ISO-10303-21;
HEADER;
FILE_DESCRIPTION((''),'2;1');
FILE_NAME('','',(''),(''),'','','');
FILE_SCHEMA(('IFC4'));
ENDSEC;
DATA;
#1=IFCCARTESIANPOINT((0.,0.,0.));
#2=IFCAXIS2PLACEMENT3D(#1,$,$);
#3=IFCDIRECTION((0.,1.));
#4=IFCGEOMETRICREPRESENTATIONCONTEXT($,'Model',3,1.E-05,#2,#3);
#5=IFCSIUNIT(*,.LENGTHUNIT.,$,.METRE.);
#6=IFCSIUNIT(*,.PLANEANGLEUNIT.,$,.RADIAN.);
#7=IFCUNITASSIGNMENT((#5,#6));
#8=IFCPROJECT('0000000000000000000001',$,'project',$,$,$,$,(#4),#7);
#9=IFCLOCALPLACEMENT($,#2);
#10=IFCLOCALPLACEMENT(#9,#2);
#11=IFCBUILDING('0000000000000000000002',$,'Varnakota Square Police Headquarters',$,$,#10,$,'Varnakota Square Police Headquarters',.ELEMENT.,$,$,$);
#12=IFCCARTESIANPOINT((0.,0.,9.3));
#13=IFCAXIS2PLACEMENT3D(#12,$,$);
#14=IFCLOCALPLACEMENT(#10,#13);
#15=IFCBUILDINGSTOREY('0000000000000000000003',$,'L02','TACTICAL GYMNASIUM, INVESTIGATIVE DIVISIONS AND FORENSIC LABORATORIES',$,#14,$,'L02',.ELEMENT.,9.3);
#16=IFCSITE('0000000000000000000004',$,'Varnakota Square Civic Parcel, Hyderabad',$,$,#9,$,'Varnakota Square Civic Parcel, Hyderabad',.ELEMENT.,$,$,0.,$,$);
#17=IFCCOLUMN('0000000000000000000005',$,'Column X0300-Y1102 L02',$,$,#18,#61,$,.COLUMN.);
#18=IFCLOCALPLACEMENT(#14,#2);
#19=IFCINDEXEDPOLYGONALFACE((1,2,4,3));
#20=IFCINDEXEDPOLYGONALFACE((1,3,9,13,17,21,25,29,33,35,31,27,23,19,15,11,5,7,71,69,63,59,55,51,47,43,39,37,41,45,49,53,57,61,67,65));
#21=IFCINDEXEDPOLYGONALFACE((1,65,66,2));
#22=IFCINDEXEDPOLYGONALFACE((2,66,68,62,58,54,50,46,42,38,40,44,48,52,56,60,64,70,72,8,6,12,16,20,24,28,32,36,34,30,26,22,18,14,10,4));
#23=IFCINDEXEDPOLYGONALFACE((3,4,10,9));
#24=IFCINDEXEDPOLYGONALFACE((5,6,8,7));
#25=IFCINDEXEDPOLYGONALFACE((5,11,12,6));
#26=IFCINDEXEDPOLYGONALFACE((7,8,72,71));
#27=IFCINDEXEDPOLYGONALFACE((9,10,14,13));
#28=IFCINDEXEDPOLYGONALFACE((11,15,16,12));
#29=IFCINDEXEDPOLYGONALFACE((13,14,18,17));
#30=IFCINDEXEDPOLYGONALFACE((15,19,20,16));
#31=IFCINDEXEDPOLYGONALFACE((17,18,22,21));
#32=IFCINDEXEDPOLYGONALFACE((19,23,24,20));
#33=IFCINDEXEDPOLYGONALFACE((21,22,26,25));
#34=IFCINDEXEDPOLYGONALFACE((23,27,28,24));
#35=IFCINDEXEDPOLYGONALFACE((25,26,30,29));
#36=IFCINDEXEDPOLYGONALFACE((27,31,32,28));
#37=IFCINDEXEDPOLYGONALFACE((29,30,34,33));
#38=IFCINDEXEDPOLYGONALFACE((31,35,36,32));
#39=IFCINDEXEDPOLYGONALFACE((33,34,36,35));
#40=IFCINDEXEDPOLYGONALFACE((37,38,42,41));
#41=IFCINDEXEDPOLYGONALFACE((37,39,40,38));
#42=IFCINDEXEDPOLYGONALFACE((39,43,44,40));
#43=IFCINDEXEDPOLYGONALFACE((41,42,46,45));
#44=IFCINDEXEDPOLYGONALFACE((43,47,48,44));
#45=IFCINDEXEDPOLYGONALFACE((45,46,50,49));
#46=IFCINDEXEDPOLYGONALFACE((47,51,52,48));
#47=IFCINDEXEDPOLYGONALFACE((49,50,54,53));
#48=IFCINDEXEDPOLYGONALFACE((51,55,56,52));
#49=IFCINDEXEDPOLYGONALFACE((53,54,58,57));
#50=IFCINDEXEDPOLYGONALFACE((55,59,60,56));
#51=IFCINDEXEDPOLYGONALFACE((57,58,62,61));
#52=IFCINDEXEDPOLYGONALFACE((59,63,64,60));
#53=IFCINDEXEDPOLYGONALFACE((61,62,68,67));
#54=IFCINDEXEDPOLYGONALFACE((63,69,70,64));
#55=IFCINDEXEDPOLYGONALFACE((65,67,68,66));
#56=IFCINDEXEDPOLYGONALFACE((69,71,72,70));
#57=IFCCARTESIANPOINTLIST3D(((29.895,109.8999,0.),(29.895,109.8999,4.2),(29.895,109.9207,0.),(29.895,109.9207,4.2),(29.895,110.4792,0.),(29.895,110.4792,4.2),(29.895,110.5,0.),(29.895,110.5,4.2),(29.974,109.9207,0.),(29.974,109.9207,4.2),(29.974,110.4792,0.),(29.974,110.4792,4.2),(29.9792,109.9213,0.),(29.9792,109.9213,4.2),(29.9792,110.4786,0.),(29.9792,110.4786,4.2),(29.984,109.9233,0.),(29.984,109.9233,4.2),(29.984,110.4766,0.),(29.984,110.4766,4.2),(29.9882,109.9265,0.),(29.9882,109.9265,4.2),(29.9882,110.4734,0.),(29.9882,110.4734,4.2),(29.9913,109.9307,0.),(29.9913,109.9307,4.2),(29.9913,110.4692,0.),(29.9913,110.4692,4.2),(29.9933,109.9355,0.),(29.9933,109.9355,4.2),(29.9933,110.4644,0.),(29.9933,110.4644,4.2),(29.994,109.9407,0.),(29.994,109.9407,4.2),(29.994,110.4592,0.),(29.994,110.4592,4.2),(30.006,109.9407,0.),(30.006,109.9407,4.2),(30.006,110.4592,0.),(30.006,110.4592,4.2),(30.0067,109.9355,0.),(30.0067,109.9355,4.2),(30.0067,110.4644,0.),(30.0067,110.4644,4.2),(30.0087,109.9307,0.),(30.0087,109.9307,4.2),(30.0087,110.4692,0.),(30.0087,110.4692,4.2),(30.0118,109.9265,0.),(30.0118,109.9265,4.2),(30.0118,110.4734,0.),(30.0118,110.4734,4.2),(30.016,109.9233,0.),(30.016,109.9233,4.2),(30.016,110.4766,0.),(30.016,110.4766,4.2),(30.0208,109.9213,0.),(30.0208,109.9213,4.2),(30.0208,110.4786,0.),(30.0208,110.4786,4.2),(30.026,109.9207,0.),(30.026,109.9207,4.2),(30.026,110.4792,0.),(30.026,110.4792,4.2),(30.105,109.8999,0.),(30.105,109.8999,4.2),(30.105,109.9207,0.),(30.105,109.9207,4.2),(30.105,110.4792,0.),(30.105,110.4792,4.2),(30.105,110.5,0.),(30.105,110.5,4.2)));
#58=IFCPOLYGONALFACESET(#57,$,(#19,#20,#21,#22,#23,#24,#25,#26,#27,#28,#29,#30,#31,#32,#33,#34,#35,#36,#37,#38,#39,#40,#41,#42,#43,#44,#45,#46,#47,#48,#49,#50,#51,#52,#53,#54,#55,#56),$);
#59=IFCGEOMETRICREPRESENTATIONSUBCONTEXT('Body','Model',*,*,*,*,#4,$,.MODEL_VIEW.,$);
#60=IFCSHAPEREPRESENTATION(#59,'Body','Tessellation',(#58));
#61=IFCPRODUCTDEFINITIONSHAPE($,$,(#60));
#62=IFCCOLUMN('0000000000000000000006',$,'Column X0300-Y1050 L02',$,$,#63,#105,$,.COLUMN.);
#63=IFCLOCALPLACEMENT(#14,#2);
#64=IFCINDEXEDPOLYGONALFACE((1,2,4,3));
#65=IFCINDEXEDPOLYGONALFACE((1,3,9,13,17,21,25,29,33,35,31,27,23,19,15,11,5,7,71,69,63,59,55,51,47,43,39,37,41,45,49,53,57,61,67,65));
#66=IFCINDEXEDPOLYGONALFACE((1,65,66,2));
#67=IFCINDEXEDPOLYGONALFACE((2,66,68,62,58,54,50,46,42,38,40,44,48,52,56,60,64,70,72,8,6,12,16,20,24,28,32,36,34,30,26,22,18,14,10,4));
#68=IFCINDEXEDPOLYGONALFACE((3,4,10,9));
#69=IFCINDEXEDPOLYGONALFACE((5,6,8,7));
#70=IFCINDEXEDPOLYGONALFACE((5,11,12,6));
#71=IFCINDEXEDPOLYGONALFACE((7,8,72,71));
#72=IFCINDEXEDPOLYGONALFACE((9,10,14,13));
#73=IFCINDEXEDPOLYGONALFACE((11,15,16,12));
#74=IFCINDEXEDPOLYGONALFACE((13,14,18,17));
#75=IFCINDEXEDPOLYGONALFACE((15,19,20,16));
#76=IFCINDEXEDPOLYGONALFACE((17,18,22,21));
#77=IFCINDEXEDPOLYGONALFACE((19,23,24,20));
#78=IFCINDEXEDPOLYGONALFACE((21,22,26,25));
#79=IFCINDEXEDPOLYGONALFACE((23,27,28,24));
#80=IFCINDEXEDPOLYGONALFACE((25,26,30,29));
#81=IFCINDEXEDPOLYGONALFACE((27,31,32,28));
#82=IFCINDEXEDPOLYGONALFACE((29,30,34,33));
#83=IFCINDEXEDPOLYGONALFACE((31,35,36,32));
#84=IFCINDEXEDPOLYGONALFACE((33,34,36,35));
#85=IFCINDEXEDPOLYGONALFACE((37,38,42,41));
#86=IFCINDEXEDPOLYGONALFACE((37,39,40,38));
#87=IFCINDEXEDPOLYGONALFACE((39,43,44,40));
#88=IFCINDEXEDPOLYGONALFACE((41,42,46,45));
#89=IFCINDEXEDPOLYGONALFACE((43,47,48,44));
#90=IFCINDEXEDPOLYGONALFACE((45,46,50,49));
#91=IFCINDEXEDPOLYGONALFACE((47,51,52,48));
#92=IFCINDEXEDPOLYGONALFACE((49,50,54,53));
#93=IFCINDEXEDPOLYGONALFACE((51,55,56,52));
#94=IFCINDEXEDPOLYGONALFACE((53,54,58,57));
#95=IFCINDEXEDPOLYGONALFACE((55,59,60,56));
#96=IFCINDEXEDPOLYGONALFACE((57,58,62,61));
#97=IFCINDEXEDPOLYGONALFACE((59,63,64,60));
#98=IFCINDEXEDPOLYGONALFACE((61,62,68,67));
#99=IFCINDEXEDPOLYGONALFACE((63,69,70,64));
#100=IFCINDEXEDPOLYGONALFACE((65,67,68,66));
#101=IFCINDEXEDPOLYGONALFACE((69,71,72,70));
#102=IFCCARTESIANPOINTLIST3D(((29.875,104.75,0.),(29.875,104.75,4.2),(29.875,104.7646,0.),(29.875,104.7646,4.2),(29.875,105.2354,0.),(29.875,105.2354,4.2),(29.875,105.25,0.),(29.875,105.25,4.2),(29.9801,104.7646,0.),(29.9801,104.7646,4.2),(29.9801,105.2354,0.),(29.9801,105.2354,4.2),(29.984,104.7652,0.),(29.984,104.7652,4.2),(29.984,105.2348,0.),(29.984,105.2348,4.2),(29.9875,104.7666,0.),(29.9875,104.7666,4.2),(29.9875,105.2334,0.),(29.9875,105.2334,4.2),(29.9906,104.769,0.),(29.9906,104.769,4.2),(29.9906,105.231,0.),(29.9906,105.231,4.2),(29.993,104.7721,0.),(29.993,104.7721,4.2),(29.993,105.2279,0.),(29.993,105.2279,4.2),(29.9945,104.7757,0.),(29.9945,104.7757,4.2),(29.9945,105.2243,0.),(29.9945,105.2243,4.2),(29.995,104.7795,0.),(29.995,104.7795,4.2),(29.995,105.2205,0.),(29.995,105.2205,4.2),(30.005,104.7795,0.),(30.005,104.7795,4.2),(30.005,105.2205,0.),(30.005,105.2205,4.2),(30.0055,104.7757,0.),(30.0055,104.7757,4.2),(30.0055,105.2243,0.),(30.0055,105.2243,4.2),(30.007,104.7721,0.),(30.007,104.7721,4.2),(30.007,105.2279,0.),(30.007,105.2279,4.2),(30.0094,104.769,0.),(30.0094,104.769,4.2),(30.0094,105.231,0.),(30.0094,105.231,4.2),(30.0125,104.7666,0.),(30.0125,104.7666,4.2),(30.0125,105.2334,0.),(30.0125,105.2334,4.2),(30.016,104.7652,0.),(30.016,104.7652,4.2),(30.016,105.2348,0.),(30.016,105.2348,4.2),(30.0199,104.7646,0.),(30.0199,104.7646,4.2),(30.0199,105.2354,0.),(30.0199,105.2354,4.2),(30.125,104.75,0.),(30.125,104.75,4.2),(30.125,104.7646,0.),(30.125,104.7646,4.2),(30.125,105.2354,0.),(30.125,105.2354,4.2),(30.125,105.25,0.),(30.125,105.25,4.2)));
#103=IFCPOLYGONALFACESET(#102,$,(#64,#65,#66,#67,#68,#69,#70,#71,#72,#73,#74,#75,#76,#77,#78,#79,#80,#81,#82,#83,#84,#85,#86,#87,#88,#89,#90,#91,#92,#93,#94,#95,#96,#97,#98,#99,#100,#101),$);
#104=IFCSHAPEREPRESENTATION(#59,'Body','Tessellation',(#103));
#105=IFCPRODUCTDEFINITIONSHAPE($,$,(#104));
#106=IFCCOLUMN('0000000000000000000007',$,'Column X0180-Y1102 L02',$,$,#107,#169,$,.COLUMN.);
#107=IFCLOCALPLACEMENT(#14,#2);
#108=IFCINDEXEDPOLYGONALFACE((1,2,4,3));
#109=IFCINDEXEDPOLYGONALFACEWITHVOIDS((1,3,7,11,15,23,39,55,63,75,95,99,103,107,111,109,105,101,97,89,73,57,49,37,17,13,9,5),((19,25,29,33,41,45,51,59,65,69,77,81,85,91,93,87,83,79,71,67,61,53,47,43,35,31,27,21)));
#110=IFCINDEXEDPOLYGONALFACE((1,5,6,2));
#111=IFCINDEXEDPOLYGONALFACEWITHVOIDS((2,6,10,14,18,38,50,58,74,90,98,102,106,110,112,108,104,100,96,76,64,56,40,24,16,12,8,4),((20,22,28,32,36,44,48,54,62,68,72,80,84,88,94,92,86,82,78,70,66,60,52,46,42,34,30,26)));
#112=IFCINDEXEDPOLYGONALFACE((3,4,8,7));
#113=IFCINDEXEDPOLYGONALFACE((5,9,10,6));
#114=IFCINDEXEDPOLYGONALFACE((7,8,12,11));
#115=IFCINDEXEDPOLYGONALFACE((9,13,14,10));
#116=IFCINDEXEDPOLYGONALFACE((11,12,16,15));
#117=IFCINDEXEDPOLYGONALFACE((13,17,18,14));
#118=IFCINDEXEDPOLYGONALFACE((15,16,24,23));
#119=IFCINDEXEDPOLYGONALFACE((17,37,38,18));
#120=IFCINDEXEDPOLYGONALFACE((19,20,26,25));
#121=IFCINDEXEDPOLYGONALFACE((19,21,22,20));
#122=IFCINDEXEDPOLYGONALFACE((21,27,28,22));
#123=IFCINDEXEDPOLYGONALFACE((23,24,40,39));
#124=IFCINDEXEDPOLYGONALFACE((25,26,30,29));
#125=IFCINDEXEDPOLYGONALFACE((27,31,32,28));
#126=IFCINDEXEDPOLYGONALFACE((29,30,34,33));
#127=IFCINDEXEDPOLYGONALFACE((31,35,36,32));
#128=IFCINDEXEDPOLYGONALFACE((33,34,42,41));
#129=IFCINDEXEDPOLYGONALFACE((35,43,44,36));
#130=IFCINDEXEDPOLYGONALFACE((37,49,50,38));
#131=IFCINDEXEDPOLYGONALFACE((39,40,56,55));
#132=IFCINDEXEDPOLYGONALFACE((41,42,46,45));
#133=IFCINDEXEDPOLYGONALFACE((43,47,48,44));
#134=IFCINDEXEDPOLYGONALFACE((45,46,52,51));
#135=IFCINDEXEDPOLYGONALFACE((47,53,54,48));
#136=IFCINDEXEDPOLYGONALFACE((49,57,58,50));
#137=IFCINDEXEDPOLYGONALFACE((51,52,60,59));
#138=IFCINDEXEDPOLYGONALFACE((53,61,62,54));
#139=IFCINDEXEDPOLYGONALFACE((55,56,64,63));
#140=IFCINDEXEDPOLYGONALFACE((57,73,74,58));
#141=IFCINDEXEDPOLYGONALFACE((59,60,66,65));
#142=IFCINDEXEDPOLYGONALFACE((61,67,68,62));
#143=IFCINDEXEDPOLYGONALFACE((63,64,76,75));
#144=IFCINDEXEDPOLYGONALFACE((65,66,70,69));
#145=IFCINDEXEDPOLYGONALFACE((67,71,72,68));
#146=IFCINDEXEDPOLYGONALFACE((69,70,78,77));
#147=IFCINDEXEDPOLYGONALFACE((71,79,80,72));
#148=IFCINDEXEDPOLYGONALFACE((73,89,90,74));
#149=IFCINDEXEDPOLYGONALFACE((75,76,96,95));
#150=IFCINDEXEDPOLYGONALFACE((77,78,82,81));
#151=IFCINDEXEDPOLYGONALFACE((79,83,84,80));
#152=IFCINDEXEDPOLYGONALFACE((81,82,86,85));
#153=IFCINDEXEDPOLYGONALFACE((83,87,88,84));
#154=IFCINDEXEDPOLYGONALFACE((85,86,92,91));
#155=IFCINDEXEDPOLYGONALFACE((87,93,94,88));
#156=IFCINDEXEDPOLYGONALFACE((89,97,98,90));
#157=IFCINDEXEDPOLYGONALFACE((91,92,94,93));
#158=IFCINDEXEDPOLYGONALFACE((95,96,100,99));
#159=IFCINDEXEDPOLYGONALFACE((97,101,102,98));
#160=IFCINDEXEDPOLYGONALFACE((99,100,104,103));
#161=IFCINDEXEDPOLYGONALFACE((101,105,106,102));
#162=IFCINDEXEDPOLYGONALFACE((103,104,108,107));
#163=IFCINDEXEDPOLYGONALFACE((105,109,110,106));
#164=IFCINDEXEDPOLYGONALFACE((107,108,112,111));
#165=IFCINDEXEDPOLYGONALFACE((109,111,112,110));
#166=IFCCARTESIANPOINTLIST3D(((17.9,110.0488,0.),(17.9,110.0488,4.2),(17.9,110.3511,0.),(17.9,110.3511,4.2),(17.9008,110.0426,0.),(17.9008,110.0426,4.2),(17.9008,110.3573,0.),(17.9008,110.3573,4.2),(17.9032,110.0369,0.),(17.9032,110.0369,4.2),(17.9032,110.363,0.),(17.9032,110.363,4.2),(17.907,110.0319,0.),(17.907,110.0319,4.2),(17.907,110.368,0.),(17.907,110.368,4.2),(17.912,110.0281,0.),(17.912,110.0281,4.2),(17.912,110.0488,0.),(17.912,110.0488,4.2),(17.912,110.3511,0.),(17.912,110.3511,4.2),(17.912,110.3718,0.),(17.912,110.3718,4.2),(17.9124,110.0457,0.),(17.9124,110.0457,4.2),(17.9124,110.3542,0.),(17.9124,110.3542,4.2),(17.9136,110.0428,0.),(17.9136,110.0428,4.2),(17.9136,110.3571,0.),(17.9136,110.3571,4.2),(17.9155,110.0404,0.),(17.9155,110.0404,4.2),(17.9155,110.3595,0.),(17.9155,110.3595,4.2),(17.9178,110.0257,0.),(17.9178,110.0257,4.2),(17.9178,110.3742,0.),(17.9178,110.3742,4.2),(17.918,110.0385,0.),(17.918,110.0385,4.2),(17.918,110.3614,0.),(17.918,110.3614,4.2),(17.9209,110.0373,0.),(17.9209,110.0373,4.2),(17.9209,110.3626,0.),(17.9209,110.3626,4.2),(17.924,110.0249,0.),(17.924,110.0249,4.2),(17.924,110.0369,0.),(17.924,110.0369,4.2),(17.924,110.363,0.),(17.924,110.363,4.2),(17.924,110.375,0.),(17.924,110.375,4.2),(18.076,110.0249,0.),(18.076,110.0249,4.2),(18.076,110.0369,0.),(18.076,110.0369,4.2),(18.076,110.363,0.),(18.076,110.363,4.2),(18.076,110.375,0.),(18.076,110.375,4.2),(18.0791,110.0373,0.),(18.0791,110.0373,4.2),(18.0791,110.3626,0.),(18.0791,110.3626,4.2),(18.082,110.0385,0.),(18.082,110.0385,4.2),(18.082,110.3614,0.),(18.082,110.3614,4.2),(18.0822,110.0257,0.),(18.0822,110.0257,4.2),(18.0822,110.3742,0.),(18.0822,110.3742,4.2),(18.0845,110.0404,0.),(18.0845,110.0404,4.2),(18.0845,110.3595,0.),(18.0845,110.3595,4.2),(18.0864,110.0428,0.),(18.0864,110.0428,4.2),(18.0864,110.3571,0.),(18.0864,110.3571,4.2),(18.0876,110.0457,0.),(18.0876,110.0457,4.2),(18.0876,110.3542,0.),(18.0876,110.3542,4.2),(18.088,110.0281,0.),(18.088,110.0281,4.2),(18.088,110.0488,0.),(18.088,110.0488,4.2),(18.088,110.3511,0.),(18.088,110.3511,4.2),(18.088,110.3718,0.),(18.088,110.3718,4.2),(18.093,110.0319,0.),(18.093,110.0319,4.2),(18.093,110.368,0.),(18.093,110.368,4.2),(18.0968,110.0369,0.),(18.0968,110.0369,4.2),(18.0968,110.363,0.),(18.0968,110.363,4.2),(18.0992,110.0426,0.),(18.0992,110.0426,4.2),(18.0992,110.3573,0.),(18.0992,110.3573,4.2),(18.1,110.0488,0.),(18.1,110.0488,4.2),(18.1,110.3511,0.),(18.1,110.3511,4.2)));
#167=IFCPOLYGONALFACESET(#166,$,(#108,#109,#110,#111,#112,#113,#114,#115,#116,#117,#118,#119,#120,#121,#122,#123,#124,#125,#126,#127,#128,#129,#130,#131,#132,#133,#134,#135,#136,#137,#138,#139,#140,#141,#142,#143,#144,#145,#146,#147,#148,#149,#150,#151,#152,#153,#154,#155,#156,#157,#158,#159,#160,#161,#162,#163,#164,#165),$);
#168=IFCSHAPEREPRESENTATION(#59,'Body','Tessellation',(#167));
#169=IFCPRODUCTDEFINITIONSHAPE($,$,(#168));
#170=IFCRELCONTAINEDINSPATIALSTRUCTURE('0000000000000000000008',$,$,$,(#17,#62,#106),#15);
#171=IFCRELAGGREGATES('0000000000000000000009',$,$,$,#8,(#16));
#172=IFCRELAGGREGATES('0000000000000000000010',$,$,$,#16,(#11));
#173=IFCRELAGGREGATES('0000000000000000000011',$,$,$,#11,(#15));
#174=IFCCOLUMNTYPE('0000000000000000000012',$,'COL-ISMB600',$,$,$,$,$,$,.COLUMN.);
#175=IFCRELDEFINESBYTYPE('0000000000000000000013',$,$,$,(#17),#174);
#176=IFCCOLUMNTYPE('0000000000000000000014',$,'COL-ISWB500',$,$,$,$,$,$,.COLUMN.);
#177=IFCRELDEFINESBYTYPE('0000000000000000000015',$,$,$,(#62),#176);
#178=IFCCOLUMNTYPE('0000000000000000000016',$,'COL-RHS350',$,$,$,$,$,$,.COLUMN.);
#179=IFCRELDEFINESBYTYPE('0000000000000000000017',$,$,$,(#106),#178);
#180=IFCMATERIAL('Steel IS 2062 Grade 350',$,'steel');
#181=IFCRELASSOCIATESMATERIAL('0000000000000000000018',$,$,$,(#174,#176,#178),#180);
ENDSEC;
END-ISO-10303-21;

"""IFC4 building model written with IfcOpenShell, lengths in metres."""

from ifc_helpers import new_model, si_unit, direction, frame, origin, origin_2d, place, context, subcontext, project, spatial, hollow_rectangle, i_section, extrude, material, material_profile, profile_set, type_object, element, save


model = new_model("IFC4")

# Units and contexts
model_context = context("Model", 3, precision=1e-05, world=origin(), true_north=direction((0.0, 1.0)))
body_context = subcontext(model_context, "Body", "Model", "MODEL_VIEW")
ifc_project = project(units=[si_unit("LENGTHUNIT", "METRE"), si_unit("PLANEANGLEUNIT", "RADIAN")], contexts=[model_context])

# Site, building, storey
site_placement = place(None, origin())
site = spatial("IfcSite", under=ifc_project, at=site_placement, Name="Varnakota Square Civic Parcel, Hyderabad", LongName="Varnakota Square Civic Parcel, Hyderabad", CompositionType="ELEMENT", RefElevation=0.0)
building_placement = place(site_placement, origin())
building = spatial("IfcBuilding", under=site, at=building_placement, Name="Varnakota Square Police Headquarters", LongName="Varnakota Square Police Headquarters", CompositionType="ELEMENT")
storey_placement = place(building_placement, frame((0.0, 0.0, 9.3)))
storey = spatial("IfcBuildingStorey", under=building, at=storey_placement, Name="L02", Description="TACTICAL GYMNASIUM, INVESTIGATIVE DIVISIONS AND FORENSIC LABORATORIES", LongName="L02", CompositionType="ELEMENT", Elevation=9.3)

# Columns
ifc_material_1 = material(Name="Steel IS 2062 Grade 350", Category="steel")
ifc_material_profile_1 = material_profile(ifc_material_1, i_section(OverallWidth=0.21, OverallDepth=0.6001, WebThickness=0.012, FlangeThickness=0.0208, FilletRadius=0.02, at=origin_2d()), Name="ISMB 600")
ifc_profile_set_1 = profile_set([ifc_material_profile_1], Name="Steel IS 2062 Grade 350")
column_type_1 = type_object("IfcColumnType", Name="COL-ISMB600", PredefinedType="COLUMN", material=ifc_profile_set_1)
column_1_placement = place(storey_placement, frame((30.0, 110.2, 0.0), z_axis=(0.0, 0.0, 1.0), x_axis=(1.0, 0.0, 0.0)))
element("IfcColumn", 1, at=column_1_placement, inside=storey, type_object=column_type_1, Name="Column X0300-Y1102 L02", PredefinedType="COLUMN", context=body_context, shape_type="SweptSolid", body=[
    extrude(i_section(OverallWidth=0.21, OverallDepth=0.6001, WebThickness=0.012, FlangeThickness=0.0208, FilletRadius=0.02, at=origin_2d()), origin(), (0.0, 0.0, 1.0), 4.2),
])
ifc_material_profile_2 = material_profile(ifc_material_1, i_section(OverallWidth=0.25, OverallDepth=0.5, WebThickness=0.01, FlangeThickness=0.0146, FilletRadius=0.0149, at=origin_2d()), Name="ISWB 500")
ifc_profile_set_2 = profile_set([ifc_material_profile_2], Name="Steel IS 2062 Grade 350")
column_type_2 = type_object("IfcColumnType", Name="COL-ISWB500", PredefinedType="COLUMN", material=ifc_profile_set_2)
column_2_placement = place(storey_placement, frame((30.0, 105.0, 0.0), z_axis=(0.0, 0.0, 1.0), x_axis=(1.0, 0.0, 0.0)))
element("IfcColumn", 2, at=column_2_placement, inside=storey, type_object=column_type_2, Name="Column X0300-Y1050 L02", PredefinedType="COLUMN", context=body_context, shape_type="SweptSolid", body=[
    extrude(i_section(OverallWidth=0.25, OverallDepth=0.5, WebThickness=0.01, FlangeThickness=0.0146, FilletRadius=0.0149, at=origin_2d()), origin(), (0.0, 0.0, 1.0), 4.2),
])
ifc_material_profile_3 = material_profile(ifc_material_1, hollow_rectangle(XDim=0.2, YDim=0.3501, WallThickness=0.012, InnerFilletRadius=0.012, OuterFilletRadius=0.0239, at=origin_2d()), Name="RHS 350x200x12")
ifc_profile_set_3 = profile_set([ifc_material_profile_3], Name="Steel IS 2062 Grade 350")
column_type_3 = type_object("IfcColumnType", Name="COL-RHS350", PredefinedType="COLUMN", material=ifc_profile_set_3)
for number, where, z_axis, x_axis, name in (
    (3, (18.0, 110.2, 0.0), (0.0, 0.0, 1.0), (1.0, 0.0, 0.0), "Column X0180-Y1102 L02"),
):
    element("IfcColumn", number, at=place(storey_placement, frame(where, z_axis=z_axis, x_axis=x_axis)), inside=storey, type_object=column_type_3, Name=name, PredefinedType="COLUMN", context=body_context, shape_type="SweptSolid", body=[
        extrude(hollow_rectangle(XDim=0.2, YDim=0.3501, WallThickness=0.012, InnerFilletRadius=0.012, OuterFilletRadius=0.0239, at=origin_2d()), origin(), (0.0, 0.0, 1.0), 4.2),
    ])

save(model, "model.ifc")
